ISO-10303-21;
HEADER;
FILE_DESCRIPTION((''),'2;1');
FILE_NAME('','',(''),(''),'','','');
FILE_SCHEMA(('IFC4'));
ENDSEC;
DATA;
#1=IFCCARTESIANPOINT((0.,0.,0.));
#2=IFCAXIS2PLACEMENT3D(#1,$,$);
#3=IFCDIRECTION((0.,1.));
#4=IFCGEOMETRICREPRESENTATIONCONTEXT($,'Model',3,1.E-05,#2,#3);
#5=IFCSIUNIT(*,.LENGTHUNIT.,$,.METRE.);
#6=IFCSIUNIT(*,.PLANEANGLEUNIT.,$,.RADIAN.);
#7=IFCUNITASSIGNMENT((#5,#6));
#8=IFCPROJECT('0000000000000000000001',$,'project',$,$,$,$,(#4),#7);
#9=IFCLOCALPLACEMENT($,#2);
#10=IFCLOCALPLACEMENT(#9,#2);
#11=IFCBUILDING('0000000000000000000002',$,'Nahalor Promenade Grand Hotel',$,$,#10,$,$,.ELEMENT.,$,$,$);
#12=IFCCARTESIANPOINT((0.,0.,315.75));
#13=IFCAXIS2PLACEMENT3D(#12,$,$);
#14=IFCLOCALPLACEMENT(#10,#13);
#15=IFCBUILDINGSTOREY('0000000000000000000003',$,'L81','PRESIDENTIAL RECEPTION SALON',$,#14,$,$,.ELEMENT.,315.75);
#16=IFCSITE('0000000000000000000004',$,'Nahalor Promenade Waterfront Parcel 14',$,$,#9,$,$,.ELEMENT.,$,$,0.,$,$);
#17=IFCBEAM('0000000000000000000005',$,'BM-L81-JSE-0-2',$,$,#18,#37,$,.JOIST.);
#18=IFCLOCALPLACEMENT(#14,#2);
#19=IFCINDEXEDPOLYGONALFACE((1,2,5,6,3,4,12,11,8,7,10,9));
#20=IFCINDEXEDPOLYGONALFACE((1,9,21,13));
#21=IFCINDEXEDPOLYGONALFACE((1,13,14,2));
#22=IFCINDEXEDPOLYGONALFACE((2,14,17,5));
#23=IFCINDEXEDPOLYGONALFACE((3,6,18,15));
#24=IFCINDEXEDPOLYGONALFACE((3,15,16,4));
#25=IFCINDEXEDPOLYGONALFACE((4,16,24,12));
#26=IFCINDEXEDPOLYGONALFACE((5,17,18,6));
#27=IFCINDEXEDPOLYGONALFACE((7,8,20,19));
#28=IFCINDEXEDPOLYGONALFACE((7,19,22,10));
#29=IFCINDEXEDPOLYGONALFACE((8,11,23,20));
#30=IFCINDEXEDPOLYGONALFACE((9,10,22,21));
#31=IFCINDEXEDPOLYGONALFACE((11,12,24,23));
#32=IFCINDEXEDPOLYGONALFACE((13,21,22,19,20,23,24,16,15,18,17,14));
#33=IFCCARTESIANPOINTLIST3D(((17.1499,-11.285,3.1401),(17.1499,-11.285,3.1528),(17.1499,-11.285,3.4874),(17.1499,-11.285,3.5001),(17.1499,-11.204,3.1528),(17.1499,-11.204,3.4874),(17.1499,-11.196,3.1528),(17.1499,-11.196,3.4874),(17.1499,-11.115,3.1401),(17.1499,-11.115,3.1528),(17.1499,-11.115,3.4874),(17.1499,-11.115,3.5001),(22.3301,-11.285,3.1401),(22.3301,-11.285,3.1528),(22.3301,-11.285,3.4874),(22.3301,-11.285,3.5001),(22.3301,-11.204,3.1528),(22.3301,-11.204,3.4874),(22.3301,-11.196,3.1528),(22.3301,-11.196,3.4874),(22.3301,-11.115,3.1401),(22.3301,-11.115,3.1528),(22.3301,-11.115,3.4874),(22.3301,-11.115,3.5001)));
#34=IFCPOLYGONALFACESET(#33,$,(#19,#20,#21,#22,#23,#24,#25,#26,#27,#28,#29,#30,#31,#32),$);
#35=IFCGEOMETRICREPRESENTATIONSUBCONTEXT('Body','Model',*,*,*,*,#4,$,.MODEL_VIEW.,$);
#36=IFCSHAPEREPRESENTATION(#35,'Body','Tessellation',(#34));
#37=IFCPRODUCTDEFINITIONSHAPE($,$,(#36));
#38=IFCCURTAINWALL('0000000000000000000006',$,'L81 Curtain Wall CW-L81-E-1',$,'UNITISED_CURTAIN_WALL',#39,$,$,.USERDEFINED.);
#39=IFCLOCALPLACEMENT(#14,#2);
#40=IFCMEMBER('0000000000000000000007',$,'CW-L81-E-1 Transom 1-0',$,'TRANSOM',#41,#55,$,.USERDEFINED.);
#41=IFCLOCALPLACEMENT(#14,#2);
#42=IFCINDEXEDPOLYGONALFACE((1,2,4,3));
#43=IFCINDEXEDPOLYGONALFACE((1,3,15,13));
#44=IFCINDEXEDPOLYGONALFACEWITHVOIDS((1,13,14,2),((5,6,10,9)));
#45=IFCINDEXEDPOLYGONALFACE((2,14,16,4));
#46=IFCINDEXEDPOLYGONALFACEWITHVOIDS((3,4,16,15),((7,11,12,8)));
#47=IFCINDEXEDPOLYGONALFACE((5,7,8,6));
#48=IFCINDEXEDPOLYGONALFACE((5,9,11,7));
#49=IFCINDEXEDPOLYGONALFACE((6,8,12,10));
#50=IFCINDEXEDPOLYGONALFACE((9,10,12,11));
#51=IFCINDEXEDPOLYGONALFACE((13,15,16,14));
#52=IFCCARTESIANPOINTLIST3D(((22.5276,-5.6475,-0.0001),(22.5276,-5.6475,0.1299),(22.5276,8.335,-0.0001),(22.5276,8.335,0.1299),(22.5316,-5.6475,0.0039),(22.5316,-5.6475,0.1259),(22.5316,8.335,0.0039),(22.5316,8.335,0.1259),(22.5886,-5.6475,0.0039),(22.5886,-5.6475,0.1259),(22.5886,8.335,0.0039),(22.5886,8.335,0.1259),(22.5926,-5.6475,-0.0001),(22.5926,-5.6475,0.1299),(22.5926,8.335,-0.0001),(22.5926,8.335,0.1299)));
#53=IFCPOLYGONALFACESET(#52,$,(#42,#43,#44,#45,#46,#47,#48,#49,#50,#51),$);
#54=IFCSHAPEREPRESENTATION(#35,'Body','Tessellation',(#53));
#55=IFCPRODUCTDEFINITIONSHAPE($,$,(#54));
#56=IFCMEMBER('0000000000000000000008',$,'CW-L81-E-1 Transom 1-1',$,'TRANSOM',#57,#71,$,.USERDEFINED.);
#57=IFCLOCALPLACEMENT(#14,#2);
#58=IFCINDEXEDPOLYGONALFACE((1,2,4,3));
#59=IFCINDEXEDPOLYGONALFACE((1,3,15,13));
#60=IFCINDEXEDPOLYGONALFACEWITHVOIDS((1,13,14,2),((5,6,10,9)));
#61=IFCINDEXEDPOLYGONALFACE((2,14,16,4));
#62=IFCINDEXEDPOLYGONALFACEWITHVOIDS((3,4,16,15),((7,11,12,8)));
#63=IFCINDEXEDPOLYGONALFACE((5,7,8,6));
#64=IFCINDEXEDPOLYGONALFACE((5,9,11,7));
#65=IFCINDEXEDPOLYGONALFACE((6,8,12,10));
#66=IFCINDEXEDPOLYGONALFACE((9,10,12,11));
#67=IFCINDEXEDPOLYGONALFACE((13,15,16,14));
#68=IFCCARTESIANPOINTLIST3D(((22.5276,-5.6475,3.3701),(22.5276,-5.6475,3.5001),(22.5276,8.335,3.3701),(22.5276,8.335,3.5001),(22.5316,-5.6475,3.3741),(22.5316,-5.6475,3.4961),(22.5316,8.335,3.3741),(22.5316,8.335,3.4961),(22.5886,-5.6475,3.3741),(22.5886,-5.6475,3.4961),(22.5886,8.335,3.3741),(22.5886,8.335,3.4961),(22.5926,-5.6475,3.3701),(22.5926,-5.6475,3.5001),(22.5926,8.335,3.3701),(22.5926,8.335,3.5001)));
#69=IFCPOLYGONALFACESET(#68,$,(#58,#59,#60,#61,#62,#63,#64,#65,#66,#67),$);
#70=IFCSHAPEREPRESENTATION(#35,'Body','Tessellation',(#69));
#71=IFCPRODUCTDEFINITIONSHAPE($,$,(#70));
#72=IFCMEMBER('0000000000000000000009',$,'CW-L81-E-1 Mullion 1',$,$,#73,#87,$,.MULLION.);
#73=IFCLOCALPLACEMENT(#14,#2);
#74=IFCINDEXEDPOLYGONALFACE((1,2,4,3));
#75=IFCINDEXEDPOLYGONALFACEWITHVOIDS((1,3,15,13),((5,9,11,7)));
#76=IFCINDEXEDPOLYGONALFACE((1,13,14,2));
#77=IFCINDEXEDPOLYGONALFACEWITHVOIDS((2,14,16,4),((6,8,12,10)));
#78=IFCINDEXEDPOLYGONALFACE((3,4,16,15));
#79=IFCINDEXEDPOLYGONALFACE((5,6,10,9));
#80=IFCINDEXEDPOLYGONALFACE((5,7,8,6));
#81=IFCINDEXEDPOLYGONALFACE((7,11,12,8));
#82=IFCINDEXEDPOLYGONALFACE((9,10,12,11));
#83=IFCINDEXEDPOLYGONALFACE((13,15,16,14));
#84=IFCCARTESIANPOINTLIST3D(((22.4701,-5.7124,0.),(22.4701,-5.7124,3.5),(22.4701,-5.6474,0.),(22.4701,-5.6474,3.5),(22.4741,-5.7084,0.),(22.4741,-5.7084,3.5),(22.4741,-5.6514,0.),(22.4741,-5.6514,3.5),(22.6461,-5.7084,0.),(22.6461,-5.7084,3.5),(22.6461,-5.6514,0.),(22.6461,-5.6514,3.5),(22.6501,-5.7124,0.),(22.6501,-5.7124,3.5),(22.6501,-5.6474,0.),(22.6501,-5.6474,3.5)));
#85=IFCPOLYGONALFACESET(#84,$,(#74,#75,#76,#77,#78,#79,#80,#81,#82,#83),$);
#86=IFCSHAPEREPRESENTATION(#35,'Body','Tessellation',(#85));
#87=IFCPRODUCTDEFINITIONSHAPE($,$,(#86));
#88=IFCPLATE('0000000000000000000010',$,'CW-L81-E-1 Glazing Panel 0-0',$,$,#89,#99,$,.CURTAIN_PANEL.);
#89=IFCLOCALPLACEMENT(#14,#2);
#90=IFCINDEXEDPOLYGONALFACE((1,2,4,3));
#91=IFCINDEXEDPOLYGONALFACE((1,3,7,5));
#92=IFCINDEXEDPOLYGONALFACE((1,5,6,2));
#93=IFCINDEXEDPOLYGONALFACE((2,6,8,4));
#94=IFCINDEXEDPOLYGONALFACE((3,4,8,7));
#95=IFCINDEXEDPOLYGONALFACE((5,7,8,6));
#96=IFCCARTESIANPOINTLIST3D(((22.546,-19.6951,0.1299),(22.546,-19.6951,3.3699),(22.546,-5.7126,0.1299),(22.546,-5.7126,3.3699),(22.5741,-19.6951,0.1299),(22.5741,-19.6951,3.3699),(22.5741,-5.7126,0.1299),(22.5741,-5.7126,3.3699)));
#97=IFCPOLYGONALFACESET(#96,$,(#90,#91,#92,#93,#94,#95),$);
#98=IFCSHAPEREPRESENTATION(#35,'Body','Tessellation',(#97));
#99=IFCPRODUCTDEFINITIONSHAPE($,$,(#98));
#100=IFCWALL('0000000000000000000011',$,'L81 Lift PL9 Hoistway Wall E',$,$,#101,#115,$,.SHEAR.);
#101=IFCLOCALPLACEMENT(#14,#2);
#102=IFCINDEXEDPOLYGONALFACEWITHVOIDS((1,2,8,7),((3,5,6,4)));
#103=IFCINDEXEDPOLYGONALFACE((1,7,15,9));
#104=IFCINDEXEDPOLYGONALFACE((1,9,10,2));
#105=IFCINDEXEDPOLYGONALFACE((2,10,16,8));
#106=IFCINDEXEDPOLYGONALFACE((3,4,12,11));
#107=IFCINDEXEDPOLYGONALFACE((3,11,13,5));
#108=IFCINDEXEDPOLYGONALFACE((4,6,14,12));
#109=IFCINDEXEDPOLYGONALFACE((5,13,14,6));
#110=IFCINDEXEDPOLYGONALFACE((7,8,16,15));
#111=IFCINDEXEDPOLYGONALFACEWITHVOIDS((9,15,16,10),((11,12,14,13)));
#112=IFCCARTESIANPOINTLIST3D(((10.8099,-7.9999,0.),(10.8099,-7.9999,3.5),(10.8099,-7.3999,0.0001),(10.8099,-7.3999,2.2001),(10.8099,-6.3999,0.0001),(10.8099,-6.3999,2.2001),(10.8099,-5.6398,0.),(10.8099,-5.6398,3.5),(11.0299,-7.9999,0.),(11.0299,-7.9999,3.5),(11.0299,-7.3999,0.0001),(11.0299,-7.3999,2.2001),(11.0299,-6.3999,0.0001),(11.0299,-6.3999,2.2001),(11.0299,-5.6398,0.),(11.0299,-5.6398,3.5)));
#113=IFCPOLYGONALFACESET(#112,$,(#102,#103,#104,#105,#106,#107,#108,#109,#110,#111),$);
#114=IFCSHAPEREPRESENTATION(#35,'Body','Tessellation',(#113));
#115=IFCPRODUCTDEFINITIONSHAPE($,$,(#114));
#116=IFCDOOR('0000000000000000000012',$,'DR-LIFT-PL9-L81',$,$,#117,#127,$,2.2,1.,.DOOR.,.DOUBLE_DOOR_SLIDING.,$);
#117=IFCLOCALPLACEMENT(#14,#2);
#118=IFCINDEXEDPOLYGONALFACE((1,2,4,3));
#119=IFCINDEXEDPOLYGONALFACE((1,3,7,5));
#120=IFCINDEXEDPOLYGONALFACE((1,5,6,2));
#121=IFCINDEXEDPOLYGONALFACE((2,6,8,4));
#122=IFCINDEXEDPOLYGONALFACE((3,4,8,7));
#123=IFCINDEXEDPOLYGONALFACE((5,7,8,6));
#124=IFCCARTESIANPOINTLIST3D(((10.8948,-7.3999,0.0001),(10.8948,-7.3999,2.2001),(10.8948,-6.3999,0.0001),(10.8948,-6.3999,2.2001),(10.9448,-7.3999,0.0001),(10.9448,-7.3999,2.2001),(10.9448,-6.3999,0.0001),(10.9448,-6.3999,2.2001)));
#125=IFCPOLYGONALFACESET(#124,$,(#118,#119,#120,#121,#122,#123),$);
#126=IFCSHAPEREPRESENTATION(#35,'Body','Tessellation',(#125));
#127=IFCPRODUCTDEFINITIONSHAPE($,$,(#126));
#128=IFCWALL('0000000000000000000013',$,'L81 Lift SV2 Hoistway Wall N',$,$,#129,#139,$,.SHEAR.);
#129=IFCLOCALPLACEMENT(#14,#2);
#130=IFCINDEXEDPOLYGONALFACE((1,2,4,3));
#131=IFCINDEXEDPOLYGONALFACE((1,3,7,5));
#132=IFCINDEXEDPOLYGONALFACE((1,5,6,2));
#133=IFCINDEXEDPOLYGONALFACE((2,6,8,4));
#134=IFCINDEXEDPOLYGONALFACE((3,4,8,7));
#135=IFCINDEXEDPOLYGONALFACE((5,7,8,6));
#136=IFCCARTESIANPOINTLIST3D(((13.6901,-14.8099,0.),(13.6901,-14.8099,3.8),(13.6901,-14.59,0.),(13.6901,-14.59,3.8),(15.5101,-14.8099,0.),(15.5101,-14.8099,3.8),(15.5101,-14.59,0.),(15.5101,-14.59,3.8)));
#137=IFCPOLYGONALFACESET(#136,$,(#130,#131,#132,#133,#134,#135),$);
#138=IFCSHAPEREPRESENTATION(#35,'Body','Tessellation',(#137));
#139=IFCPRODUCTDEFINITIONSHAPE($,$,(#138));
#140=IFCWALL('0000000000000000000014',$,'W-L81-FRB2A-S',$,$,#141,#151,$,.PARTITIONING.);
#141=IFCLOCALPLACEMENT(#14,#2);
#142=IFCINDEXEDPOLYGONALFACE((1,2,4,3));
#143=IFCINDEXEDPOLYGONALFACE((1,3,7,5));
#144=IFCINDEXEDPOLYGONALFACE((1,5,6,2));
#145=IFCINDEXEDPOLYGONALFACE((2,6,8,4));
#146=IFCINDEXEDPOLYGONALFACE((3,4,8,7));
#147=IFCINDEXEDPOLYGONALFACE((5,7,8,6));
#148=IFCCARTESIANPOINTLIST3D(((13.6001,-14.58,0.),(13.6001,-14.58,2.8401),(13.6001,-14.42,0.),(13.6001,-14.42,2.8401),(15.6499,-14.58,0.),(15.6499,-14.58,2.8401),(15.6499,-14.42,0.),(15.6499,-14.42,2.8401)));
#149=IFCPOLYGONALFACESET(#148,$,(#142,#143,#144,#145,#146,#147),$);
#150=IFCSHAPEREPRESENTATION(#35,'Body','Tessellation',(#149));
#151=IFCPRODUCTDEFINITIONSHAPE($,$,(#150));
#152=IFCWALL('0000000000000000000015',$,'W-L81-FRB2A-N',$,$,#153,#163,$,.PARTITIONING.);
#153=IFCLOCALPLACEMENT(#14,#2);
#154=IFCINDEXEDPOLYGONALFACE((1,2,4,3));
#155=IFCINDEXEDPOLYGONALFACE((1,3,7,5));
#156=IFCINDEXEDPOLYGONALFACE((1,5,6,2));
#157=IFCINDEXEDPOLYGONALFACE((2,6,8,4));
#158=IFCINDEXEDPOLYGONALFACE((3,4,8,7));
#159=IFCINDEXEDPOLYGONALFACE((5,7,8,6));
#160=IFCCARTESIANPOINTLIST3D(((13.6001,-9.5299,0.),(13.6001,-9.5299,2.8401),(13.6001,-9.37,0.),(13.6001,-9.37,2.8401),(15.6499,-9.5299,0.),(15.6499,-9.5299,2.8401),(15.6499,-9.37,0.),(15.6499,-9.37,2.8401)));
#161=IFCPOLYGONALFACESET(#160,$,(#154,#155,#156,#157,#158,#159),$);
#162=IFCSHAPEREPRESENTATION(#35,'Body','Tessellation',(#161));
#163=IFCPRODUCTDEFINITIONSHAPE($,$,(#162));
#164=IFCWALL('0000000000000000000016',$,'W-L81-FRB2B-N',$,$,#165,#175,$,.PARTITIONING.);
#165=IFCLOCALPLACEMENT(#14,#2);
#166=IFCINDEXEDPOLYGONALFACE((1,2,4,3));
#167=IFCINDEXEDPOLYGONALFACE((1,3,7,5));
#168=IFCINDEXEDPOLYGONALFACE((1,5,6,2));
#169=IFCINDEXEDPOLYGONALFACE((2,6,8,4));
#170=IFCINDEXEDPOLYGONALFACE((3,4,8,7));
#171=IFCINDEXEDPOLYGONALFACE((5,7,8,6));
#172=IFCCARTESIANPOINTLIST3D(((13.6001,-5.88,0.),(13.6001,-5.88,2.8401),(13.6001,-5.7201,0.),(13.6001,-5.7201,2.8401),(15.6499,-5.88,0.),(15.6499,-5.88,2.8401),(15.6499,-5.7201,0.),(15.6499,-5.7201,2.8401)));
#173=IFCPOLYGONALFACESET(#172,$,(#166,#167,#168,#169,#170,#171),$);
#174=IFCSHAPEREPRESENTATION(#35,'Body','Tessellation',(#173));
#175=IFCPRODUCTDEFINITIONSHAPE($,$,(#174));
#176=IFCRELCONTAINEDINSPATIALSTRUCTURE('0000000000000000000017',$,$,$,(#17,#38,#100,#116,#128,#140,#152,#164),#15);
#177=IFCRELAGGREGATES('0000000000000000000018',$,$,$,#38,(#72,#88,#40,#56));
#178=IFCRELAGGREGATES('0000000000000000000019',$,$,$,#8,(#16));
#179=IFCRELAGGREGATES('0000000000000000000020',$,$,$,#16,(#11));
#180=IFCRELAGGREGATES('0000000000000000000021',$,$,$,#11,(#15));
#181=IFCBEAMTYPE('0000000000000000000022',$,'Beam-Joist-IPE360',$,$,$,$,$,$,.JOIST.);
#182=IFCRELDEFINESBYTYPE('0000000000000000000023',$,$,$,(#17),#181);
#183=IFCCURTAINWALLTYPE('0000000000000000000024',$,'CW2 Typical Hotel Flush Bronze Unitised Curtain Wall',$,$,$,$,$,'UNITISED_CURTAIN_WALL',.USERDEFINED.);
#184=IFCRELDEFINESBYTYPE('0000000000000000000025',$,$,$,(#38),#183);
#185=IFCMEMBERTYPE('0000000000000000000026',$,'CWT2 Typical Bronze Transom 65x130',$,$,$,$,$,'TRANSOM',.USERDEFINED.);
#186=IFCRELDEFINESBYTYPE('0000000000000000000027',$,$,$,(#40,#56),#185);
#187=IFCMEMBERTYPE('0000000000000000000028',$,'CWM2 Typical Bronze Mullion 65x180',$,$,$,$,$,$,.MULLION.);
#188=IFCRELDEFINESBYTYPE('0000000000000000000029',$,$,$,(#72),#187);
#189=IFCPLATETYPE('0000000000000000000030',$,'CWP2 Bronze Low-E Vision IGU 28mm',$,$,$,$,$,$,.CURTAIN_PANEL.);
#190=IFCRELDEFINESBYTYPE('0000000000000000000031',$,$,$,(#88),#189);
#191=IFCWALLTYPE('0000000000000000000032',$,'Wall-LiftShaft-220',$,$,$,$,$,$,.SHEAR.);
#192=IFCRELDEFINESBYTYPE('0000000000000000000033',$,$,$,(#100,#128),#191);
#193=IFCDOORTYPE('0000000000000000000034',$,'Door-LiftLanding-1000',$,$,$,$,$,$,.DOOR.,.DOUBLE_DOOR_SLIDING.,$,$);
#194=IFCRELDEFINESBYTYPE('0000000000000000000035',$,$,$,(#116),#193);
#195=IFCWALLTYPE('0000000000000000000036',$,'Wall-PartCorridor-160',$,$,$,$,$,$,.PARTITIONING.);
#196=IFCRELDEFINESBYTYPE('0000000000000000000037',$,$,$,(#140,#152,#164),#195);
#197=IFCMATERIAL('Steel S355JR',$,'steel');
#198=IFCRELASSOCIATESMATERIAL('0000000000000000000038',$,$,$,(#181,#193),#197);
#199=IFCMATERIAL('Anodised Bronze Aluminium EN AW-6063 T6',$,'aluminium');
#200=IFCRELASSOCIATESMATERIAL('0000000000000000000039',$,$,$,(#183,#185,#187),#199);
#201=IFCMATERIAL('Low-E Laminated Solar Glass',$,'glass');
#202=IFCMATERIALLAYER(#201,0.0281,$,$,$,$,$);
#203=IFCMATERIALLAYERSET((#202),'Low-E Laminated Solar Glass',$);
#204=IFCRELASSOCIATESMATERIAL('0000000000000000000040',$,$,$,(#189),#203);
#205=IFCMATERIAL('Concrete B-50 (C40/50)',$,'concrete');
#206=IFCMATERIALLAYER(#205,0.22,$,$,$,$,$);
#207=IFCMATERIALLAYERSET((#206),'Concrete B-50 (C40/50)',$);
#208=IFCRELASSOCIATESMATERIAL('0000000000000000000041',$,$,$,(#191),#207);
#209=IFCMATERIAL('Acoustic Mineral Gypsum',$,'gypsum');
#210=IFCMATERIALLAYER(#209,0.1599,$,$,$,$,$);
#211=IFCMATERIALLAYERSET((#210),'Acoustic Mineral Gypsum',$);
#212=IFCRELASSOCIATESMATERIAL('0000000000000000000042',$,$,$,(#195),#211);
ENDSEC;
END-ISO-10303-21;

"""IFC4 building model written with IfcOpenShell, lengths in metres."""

from ifc_helpers import new_model, si_unit, direction, frame, frame_2d, origin, origin_2d, place, context, subcontext, project, spatial, rectangle, hollow_rectangle, i_section, extrude, source, transform, mapped, material, layer, layer_set, material_profile, profile_set, type_object, element, fill, aggregate, save


model = new_model("IFC4")

# Units and contexts
model_context = context("Model", 3, precision=1e-05, world=origin(), true_north=direction((0.0, 1.0)))
body_context = subcontext(model_context, "Body", "Model", "MODEL_VIEW")
ifc_project = project(units=[si_unit("LENGTHUNIT", "METRE"), si_unit("PLANEANGLEUNIT", "RADIAN")], contexts=[model_context])

# Site, building, storey
site_placement = place(None, origin())
site = spatial("IfcSite", under=ifc_project, at=site_placement, Name="Nahalor Promenade Waterfront Parcel 14", CompositionType="ELEMENT", RefElevation=0.0)
building_placement = place(site_placement, origin())
building = spatial("IfcBuilding", under=site, at=building_placement, Name="Nahalor Promenade Grand Hotel", CompositionType="ELEMENT")
storey_placement = place(building_placement, frame((0.0, 0.0, 315.75)))
storey = spatial("IfcBuildingStorey", under=building, at=storey_placement, Name="L81", Description="PRESIDENTIAL RECEPTION SALON", CompositionType="ELEMENT", Elevation=315.75)

# Shared definitions
ifc_material_1 = material(Name="Steel S355JR", Category="steel")

# Beam
ifc_material_profile_1 = material_profile(ifc_material_1, i_section(OverallWidth=0.17, OverallDepth=0.36, WebThickness=0.008, FlangeThickness=0.0127, at=origin_2d()), Name="IPE 360")
ifc_profile_set_1 = profile_set([ifc_material_profile_1], Name="Steel S355JR")
beam_type_1 = type_object("IfcBeamType", Name="Beam-Joist-IPE360", PredefinedType="JOIST", material=ifc_profile_set_1)
shared_shape_1 = source(origin(), body_context, "Body", "SweptSolid", [
    extrude(i_section(OverallWidth=0.17, OverallDepth=0.36, WebThickness=0.008, FlangeThickness=0.0127, at=origin_2d()), origin(), (0.0, 0.0, 1.0), 5.1802),
])
beam_1_placement = place(storey_placement, frame((17.1499, -11.2, 3.3201), z_axis=(1.0, 0.0, 0.0), x_axis=(0.0, 1.0, 0.0)))
element("IfcBeam", 1, at=beam_1_placement, inside=storey, type_object=beam_type_1, Name="BM-L81-JSE-0-2", PredefinedType="JOIST", context=body_context, shape_type="MappedRepresentation", body=[
    mapped(shared_shape_1, transform((0.0, 0.0, 0.0), scale=1.0)),
])

# Curtain wall, members, plate
ifc_material_2 = material(Name="Anodised Bronze Aluminium EN AW-6063 T6", Category="aluminium")
curtain_wall_type = type_object("IfcCurtainWallType", Name="CW2 Typical Hotel Flush Bronze Unitised Curtain Wall", ElementType="UNITISED_CURTAIN_WALL", PredefinedType="USERDEFINED", material=ifc_material_2)
curtain_wall_placement = place(storey_placement, origin())
curtain_wall = element("IfcCurtainWall", 2, at=curtain_wall_placement, inside=storey, type_object=curtain_wall_type, Name="L81 Curtain Wall CW-L81-E-1", ObjectType="UNITISED_CURTAIN_WALL", PredefinedType="USERDEFINED")
ifc_material_profile_2 = material_profile(ifc_material_2, hollow_rectangle(XDim=0.065, YDim=0.13, WallThickness=0.004, at=origin_2d()), Name="CWT 65x130x4")
ifc_profile_set_2 = profile_set([ifc_material_profile_2], Name="Anodised Bronze Aluminium EN AW-6063 T6")
member_type_1 = type_object("IfcMemberType", Name="CWT2 Typical Bronze Transom 65x130", ElementType="TRANSOM", PredefinedType="USERDEFINED", material=ifc_profile_set_2)
shared_shape_2 = source(origin(), body_context, "Body", "SweptSolid", [
    extrude(hollow_rectangle(XDim=0.065, YDim=0.13, WallThickness=0.004, at=origin_2d()), origin(), (0.0, 0.0, 1.0), 13.9824),
])
member_1_placement = place(storey_placement, frame((22.5601, -5.6475, 0.0649), z_axis=(0.0, 1.0, 0.0), x_axis=(-1.0, 0.0, 0.0)))
member_1 = element("IfcMember", 3, at=member_1_placement, type_object=member_type_1, Name="CW-L81-E-1 Transom 1-0", ObjectType="TRANSOM", PredefinedType="USERDEFINED", context=body_context, shape_type="MappedRepresentation", body=[
    mapped(shared_shape_2, transform((0.0, 0.0, 0.0), scale=1.0)),
])
member_2_placement = place(storey_placement, frame((22.5601, -5.6475, 3.4351), z_axis=(0.0, 1.0, 0.0), x_axis=(-1.0, 0.0, 0.0)))
member_2 = element("IfcMember", 4, at=member_2_placement, type_object=member_type_1, Name="CW-L81-E-1 Transom 1-1", ObjectType="TRANSOM", PredefinedType="USERDEFINED", context=body_context, shape_type="MappedRepresentation", body=[
    mapped(shared_shape_2, transform((0.0, 0.0, 0.0), scale=1.0)),
])
ifc_material_profile_3 = material_profile(ifc_material_2, hollow_rectangle(XDim=0.065, YDim=0.18, WallThickness=0.004, at=origin_2d()), Name="CWM 65x180x4")
ifc_profile_set_3 = profile_set([ifc_material_profile_3], Name="Anodised Bronze Aluminium EN AW-6063 T6")
member_type_2 = type_object("IfcMemberType", Name="CWM2 Typical Bronze Mullion 65x180", PredefinedType="MULLION", material=ifc_profile_set_3)
shared_shape_3 = source(origin(), body_context, "Body", "SweptSolid", [
    extrude(hollow_rectangle(XDim=0.065, YDim=0.18, WallThickness=0.004, at=origin_2d()), origin(), (0.0, 0.0, 1.0), 3.5),
])
member_3_placement = place(storey_placement, frame((22.5601, -5.6799, 0.0), z_axis=(0.0, 0.0, 1.0), x_axis=(0.0, 1.0, 0.0)))
member_3 = element("IfcMember", 5, at=member_3_placement, type_object=member_type_2, Name="CW-L81-E-1 Mullion 1", PredefinedType="MULLION", context=body_context, shape_type="MappedRepresentation", body=[
    mapped(shared_shape_3, transform((0.0, 0.0, 0.0), scale=1.0)),
])
ifc_material_3 = material(Name="Low-E Laminated Solar Glass", Category="glass")
ifc_layer_1 = layer(ifc_material_3, 0.0281)
ifc_layer_set_1 = layer_set([ifc_layer_1], Name="Low-E Laminated Solar Glass")
plate_type = type_object("IfcPlateType", Name="CWP2 Bronze Low-E Vision IGU 28mm", PredefinedType="CURTAIN_PANEL", material=ifc_layer_set_1)
shared_shape_4 = source(origin(), body_context, "Body", "SweptSolid", [
    extrude(rectangle(XDim=13.9824, YDim=0.0281, at=origin_2d()), origin(), (0.0, 0.0, 1.0), 3.24),
])
plate_placement = place(storey_placement, frame((22.5601, -12.7039, 0.1299), z_axis=(0.0, 0.0, 1.0), x_axis=(0.0, 1.0, 0.0)))
plate = element("IfcPlate", 6, at=plate_placement, type_object=plate_type, Name="CW-L81-E-1 Glazing Panel 0-0", PredefinedType="CURTAIN_PANEL", context=body_context, shape_type="MappedRepresentation", body=[
    mapped(shared_shape_4, transform((0.0, 0.0, 0.0), scale=1.0)),
])
aggregate(curtain_wall, [member_3, plate, member_1, member_2])

# Wall, opening, door
ifc_material_4 = material(Name="Concrete B-50 (C40/50)", Category="concrete")
ifc_layer_2 = layer(ifc_material_4, 0.22)
ifc_layer_set_2 = layer_set([ifc_layer_2], Name="Concrete B-50 (C40/50)")
wall_type_1 = type_object("IfcWallType", Name="Wall-LiftShaft-220", PredefinedType="SHEAR", material=ifc_layer_set_2)
shared_shape_5 = source(origin(), body_context, "Body", "SweptSolid", [
    extrude(rectangle(XDim=2.3601, YDim=0.22, at=frame_2d((1.1802, 0.0))), origin(), (0.0, 0.0, 1.0), 3.5),
])
wall_1_placement = place(storey_placement, frame((10.9199, -8.0, 0.0), z_axis=(0.0, 0.0, 1.0), x_axis=(0.0, 1.0, 0.0)))
wall_1 = element("IfcWall", 7, at=wall_1_placement, inside=storey, type_object=wall_type_1, Name="L81 Lift PL9 Hoistway Wall E", PredefinedType="SHEAR", context=body_context, shape_type="MappedRepresentation", body=[
    mapped(shared_shape_5, transform((0.0, 0.0, 0.0), scale=1.0)),
])
opening_1_placement = place(wall_1_placement, frame((0.6001, 0.0, 0.0)))
opening_1 = element("IfcOpeningElement", 8, at=opening_1_placement, cuts=wall_1, PredefinedType="OPENING", context=body_context, shape_type="SweptSolid", body=[
    extrude(rectangle(XDim=1.0, YDim=2.2, at=frame_2d((0.5, 1.1001))), frame((0.0, 0.1199, 0.0), z_axis=(0.0, -1.0, 0.0), x_axis=(1.0, 0.0, 0.0)), (0.0, 0.0, 1.0), 0.24),
])
door_type_1 = type_object("IfcDoorType", Name="Door-LiftLanding-1000", OperationType="DOUBLE_DOOR_SLIDING", PredefinedType="DOOR", material=ifc_material_1)
shared_shape_6 = source(origin(), body_context, "Body", "SweptSolid", [
    extrude(rectangle(XDim=1.0, YDim=2.2, at=frame_2d((0.5, 1.1001))), frame((0.0, 0.0249, 0.0), z_axis=(0.0, -1.0, 0.0), x_axis=(1.0, 0.0, 0.0)), (0.0, 0.0, 1.0), 0.05),
])
door_1_placement = place(opening_1_placement, frame((1.0, 0.0, 0.0), z_axis=(0.0, 0.0, 1.0), x_axis=(-1.0, 0.0, 0.0)))
door_1 = element("IfcDoor", 9, at=door_1_placement, inside=storey, type_object=door_type_1, Name="DR-LIFT-PL9-L81", OperationType="DOUBLE_DOOR_SLIDING", OverallHeight=2.2, OverallWidth=1.0, PredefinedType="DOOR", context=body_context, shape_type="MappedRepresentation", body=[
    mapped(shared_shape_6, transform((0.0, 0.0, 0.0), scale=1.0)),
])
fill(opening_1, door_1)

# Wall
shared_shape_7 = source(origin(), body_context, "Body", "SweptSolid", [
    extrude(rectangle(XDim=1.8201, YDim=0.22, at=frame_2d((0.9102, 0.0))), origin(), (0.0, 0.0, 1.0), 3.8),
])
wall_2_placement = place(storey_placement, frame((13.6899, -14.7, 0.0), z_axis=(0.0, 0.0, 1.0), x_axis=(1.0, 0.0, 0.0)))
element("IfcWall", 10, at=wall_2_placement, inside=storey, type_object=wall_type_1, Name="L81 Lift SV2 Hoistway Wall N", PredefinedType="SHEAR", context=body_context, shape_type="MappedRepresentation", body=[
    mapped(shared_shape_7, transform((0.0, 0.0, 0.0), scale=1.0)),
])

# Walls
ifc_material_5 = material(Name="Acoustic Mineral Gypsum", Category="gypsum")
ifc_layer_3 = layer(ifc_material_5, 0.1599)
ifc_layer_set_3 = layer_set([ifc_layer_3], Name="Acoustic Mineral Gypsum")
wall_type_2 = type_object("IfcWallType", Name="Wall-PartCorridor-160", PredefinedType="PARTITIONING", material=ifc_layer_set_3)
shared_shape_8 = source(origin(), body_context, "Body", "SweptSolid", [
    extrude(rectangle(XDim=2.0498, YDim=0.1599, at=frame_2d((1.0249, 0.0))), origin(), (0.0, 0.0, 1.0), 2.8401),
])
for number, where, z_axis, x_axis, name in (
    (11, (13.6001, -14.5, 0.0), (0.0, 0.0, 1.0), (1.0, 0.0, 0.0), "W-L81-FRB2A-S"),
    (12, (13.6001, -9.45, 0.0), (0.0, 0.0, 1.0), (1.0, 0.0, 0.0), "W-L81-FRB2A-N"),
    (13, (13.6001, -5.8, 0.0), (0.0, 0.0, 1.0), (1.0, 0.0, 0.0), "W-L81-FRB2B-N"),
):
    element("IfcWall", number, at=place(storey_placement, frame(where, z_axis=z_axis, x_axis=x_axis)), inside=storey, type_object=wall_type_2, Name=name, PredefinedType="PARTITIONING", context=body_context, shape_type="MappedRepresentation", body=[
        mapped(shared_shape_8, transform((0.0, 0.0, 0.0), scale=1.0)),
    ])

save(model, "model.ifc")
